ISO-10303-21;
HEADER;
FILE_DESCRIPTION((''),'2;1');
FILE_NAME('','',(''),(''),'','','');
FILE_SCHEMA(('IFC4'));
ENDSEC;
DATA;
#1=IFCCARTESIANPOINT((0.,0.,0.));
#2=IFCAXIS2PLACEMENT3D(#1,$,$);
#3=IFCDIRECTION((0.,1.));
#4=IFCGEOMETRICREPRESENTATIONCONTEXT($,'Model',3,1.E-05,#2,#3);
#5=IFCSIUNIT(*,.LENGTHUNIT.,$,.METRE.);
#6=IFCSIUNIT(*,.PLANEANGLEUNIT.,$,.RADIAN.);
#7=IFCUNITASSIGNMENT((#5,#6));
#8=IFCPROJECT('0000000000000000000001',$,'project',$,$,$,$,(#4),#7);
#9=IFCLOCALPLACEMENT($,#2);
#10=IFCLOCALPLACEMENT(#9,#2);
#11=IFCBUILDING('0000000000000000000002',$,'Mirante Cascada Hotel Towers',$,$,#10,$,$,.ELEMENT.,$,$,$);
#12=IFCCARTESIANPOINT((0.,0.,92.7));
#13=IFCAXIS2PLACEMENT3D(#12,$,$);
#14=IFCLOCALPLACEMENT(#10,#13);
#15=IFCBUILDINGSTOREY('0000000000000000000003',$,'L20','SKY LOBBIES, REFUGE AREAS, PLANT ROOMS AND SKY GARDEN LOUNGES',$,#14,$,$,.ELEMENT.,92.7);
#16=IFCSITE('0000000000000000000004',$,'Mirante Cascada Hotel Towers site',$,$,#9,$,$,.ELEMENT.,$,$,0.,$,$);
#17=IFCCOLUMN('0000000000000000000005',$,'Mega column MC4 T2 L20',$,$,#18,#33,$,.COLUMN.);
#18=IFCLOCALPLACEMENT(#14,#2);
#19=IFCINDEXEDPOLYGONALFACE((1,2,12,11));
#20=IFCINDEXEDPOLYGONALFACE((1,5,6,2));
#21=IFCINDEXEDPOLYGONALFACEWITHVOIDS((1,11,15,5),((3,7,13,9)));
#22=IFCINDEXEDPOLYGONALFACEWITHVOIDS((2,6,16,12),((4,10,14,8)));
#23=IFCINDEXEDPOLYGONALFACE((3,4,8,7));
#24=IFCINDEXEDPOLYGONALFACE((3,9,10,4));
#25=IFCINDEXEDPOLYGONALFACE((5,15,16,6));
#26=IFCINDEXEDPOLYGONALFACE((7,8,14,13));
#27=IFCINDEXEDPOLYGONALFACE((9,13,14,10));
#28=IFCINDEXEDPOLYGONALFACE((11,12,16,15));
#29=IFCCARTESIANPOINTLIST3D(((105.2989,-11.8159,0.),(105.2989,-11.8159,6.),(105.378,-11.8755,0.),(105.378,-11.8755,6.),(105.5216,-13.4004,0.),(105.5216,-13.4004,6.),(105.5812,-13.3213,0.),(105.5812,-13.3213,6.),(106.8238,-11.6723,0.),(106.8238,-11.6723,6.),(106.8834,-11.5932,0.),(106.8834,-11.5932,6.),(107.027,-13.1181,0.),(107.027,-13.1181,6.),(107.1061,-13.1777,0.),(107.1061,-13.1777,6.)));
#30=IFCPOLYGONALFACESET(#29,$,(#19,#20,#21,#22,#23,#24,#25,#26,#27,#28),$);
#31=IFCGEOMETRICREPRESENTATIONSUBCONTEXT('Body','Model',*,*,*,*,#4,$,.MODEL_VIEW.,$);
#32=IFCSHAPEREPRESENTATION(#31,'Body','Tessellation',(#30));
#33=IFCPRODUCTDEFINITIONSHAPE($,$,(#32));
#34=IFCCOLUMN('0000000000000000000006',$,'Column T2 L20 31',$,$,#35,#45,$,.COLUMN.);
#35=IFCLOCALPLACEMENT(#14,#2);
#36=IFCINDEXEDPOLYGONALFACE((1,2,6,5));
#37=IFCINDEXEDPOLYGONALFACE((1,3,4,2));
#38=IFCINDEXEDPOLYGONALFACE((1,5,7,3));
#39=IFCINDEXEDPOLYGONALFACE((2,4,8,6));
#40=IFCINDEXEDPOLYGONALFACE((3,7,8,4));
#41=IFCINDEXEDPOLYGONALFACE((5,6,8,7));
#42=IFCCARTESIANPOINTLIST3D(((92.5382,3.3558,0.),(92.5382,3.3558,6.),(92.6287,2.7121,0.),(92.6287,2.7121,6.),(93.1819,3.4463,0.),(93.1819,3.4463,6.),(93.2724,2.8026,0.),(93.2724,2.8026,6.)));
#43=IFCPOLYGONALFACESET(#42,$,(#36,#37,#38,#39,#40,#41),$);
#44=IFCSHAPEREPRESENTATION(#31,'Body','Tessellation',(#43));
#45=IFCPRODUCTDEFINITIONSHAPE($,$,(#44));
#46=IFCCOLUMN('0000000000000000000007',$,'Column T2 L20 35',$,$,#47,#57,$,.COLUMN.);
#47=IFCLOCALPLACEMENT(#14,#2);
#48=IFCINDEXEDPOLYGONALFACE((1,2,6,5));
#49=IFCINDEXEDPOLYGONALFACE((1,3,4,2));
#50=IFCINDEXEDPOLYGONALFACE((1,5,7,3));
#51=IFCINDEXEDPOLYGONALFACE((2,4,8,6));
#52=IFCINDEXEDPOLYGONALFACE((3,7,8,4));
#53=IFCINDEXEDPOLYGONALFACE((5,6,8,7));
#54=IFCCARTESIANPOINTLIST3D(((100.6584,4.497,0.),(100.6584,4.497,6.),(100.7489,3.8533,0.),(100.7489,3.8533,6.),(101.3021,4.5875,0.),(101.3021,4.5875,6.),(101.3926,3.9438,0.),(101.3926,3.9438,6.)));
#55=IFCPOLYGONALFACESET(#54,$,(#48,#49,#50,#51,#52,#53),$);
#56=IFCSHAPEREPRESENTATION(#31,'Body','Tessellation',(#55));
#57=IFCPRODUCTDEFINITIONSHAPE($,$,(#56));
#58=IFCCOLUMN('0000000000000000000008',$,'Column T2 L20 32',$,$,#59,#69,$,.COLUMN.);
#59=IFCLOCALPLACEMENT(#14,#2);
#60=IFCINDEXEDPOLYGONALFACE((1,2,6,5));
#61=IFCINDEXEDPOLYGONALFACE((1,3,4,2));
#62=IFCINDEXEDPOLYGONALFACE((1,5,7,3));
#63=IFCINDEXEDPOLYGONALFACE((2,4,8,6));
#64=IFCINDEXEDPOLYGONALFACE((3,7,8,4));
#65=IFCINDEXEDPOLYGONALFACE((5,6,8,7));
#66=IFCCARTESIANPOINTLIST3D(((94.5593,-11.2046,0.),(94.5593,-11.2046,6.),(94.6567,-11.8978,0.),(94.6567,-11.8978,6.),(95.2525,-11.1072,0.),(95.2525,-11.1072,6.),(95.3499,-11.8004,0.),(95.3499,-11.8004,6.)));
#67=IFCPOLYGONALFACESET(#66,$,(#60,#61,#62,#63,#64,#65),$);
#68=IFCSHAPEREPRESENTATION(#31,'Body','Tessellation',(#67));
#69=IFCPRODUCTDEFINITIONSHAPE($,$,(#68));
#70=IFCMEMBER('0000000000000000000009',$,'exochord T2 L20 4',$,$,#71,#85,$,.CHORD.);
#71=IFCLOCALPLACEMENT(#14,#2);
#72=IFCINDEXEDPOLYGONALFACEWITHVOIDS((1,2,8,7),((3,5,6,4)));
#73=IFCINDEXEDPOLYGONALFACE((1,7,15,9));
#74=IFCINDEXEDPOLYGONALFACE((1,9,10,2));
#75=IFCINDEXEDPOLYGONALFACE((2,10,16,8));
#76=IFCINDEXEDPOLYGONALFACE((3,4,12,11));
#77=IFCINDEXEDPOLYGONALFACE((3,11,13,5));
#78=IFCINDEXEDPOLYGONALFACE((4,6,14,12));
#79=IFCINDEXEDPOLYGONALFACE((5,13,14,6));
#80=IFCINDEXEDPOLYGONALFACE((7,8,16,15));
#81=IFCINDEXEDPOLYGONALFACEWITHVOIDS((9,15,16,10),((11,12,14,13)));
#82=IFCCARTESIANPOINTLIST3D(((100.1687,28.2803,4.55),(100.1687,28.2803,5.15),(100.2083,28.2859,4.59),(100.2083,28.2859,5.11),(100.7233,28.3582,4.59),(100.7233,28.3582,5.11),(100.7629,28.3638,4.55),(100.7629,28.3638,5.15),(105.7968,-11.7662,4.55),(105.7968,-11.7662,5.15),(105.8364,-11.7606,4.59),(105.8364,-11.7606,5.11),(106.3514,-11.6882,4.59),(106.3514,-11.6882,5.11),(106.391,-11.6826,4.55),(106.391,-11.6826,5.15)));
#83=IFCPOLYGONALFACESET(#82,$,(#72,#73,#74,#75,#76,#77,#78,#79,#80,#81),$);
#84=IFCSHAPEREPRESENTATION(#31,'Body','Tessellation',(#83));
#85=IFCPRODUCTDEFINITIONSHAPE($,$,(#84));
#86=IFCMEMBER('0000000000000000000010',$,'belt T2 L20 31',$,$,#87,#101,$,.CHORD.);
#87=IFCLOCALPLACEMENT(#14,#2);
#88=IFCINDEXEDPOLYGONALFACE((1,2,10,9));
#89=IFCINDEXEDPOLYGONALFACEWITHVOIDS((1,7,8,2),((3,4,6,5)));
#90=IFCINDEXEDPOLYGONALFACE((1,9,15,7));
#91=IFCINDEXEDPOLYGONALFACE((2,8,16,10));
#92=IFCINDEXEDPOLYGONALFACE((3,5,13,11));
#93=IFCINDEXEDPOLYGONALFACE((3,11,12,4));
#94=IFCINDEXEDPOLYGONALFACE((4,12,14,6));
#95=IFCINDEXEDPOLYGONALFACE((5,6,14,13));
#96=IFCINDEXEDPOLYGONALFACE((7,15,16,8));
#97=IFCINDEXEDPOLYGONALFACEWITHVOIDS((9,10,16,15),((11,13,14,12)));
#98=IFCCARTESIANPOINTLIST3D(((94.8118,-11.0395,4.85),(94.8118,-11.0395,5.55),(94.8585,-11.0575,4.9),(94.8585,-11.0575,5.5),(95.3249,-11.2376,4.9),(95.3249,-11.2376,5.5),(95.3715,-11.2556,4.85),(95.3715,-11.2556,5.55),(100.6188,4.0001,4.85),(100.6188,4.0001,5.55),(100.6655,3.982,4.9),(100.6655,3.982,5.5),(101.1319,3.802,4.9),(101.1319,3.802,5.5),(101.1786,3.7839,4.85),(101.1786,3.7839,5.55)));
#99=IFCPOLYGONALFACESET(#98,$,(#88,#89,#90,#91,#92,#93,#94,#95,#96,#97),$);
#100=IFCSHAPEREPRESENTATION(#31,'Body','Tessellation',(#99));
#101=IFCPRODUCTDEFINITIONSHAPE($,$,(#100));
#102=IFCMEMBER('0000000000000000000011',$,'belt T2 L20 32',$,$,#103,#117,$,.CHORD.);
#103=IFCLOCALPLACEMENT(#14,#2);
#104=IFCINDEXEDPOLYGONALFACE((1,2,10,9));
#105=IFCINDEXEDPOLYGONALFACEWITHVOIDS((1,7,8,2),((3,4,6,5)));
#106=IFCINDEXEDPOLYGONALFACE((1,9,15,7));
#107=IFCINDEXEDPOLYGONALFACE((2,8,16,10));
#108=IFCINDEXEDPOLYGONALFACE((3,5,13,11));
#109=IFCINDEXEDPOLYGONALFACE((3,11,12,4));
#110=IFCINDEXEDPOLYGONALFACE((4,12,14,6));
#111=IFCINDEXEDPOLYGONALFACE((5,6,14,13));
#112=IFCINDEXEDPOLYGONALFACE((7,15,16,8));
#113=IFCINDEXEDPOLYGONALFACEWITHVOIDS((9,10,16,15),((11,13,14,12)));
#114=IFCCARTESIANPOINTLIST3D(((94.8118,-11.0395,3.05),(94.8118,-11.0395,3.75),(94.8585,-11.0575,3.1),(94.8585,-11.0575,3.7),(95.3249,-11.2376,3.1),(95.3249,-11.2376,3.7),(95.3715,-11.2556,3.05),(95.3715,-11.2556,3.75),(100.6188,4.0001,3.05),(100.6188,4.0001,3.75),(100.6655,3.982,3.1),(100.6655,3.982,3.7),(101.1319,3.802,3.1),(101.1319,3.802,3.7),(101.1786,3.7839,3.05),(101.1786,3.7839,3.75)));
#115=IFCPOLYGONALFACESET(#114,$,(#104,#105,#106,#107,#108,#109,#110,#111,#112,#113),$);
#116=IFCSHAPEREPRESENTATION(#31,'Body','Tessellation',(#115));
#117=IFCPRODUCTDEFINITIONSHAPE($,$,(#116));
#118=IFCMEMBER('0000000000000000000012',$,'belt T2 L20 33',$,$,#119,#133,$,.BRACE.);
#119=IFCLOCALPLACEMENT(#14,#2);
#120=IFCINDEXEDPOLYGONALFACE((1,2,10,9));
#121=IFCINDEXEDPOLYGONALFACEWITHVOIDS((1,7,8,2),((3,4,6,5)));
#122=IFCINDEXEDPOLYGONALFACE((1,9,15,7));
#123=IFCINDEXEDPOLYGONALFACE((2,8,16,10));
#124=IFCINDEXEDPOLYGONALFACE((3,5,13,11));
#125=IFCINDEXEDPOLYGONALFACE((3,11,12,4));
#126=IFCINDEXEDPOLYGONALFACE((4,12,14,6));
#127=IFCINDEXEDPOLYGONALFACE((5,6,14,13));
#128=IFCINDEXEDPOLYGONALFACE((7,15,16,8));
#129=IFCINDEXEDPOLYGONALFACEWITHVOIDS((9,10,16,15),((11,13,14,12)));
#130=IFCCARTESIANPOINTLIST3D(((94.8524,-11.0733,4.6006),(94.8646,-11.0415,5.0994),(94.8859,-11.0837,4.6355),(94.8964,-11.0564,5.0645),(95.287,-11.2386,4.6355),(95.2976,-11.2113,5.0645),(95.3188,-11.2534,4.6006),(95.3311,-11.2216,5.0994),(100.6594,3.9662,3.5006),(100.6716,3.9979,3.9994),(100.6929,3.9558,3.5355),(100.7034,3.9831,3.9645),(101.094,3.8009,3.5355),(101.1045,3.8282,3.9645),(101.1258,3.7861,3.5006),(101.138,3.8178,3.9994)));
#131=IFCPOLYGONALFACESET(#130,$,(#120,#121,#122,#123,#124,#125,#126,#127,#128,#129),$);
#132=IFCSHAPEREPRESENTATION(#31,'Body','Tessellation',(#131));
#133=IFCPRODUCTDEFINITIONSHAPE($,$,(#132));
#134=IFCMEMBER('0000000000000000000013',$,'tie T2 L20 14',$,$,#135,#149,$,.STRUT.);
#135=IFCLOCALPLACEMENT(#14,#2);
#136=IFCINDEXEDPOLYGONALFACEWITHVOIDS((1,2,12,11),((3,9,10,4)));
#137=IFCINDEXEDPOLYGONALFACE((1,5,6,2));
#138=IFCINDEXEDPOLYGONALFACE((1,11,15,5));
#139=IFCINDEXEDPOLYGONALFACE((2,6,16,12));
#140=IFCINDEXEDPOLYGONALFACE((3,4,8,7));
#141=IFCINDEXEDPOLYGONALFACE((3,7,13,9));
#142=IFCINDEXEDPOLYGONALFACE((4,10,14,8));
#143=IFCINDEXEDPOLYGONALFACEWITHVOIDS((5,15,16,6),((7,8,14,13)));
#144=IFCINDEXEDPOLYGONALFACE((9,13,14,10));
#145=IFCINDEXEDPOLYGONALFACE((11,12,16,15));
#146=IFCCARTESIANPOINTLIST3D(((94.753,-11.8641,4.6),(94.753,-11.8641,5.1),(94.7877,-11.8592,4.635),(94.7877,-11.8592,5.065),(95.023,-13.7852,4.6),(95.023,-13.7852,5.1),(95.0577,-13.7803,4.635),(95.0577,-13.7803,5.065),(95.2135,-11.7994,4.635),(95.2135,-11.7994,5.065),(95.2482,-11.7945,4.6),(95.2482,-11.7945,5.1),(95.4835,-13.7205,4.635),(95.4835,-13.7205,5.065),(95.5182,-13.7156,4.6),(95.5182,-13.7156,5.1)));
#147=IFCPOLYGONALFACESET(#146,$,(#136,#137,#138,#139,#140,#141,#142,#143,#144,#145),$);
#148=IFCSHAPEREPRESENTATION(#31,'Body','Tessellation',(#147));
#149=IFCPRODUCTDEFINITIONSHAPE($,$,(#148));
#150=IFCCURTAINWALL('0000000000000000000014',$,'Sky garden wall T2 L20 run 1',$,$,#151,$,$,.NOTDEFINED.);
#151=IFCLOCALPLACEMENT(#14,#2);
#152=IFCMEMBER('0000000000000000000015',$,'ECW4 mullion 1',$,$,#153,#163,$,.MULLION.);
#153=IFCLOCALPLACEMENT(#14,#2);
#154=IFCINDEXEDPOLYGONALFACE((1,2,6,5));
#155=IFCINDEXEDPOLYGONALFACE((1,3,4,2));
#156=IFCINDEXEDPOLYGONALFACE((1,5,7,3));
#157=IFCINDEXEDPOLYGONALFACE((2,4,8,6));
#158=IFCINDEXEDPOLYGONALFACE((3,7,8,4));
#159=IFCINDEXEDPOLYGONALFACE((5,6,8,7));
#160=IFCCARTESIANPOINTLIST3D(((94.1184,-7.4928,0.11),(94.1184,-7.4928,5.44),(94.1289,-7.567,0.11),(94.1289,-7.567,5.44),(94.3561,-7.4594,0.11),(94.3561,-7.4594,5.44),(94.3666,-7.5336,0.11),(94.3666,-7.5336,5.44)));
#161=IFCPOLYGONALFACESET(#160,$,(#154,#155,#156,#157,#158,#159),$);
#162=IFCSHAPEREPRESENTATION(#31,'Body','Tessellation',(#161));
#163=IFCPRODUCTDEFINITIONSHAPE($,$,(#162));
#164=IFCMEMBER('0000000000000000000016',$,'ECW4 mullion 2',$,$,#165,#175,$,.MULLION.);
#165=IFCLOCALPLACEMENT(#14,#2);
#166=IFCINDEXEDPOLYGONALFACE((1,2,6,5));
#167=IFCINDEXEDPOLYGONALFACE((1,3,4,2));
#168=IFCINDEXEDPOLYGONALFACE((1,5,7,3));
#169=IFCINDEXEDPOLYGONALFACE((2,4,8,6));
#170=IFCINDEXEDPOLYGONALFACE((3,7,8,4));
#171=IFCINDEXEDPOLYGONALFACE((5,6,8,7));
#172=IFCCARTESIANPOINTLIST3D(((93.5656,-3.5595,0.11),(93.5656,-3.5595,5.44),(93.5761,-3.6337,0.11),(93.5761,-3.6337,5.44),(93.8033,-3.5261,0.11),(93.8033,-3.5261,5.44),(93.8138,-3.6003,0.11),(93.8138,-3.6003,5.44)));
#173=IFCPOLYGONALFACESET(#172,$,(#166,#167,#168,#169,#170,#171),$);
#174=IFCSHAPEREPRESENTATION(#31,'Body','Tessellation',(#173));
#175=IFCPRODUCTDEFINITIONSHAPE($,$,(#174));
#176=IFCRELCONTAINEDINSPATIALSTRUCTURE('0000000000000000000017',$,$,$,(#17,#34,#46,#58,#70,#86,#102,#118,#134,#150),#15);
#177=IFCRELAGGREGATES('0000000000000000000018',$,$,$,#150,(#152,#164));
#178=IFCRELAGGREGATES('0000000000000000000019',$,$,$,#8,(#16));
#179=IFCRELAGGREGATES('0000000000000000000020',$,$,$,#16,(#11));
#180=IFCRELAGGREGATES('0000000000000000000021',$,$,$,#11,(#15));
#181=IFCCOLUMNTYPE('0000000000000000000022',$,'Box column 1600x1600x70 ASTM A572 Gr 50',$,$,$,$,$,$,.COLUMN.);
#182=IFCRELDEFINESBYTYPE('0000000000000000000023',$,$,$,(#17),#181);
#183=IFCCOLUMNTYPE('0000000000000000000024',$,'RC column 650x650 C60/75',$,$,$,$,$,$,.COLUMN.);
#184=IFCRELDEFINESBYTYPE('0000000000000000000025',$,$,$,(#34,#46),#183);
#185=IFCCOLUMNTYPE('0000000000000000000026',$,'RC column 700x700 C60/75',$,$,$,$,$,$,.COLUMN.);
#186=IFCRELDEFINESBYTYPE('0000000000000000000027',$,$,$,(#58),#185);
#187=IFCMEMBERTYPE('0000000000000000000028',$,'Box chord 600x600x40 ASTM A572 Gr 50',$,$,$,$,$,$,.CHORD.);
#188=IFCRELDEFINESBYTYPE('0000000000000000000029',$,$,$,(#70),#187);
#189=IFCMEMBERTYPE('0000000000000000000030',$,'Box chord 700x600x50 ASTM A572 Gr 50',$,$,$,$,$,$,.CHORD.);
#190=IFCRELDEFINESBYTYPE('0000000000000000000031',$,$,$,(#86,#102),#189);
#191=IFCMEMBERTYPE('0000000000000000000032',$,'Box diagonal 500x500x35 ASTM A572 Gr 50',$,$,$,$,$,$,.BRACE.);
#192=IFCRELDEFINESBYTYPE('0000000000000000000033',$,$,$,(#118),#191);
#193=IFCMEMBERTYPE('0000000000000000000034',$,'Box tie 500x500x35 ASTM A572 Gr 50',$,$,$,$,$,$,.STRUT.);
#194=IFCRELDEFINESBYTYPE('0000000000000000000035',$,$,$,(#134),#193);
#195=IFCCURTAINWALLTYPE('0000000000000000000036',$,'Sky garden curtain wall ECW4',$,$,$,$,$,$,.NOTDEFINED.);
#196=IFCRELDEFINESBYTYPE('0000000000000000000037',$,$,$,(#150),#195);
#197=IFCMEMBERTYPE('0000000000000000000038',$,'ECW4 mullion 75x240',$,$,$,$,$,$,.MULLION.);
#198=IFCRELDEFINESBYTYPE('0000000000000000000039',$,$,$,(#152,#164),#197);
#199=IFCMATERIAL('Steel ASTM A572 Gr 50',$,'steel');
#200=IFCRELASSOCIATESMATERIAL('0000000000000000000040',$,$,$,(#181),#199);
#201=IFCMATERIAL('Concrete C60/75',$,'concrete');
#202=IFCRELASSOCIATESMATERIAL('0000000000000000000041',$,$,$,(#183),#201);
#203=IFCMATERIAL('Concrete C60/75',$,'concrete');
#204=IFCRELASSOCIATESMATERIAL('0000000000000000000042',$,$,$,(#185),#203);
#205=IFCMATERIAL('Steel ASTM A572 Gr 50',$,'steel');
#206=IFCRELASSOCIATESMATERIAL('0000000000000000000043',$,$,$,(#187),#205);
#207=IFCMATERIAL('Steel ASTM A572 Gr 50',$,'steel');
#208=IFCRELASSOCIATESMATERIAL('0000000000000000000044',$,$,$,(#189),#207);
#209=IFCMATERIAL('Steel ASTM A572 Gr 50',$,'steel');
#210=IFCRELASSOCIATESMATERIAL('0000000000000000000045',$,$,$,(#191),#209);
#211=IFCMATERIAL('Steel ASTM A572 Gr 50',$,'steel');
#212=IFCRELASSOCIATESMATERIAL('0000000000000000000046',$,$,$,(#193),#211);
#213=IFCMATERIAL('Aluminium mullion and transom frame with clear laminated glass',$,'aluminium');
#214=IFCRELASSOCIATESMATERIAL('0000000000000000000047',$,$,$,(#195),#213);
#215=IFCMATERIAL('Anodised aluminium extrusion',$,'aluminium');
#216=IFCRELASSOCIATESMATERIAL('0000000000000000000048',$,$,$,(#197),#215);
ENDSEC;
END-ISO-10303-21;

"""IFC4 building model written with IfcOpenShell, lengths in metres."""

from ifc_helpers import new_model, si_unit, direction, frame, origin, origin_2d, place, context, subcontext, project, spatial, rectangle, hollow_rectangle, extrude, material, material_profile, profile_set, type_object, element, aggregate, save


model = new_model("IFC4")

# Units and contexts
model_context = context("Model", 3, precision=1e-05, world=origin(), true_north=direction((0.0, 1.0)))
body_context = subcontext(model_context, "Body", "Model", "MODEL_VIEW")
ifc_project = project(units=[si_unit("LENGTHUNIT", "METRE"), si_unit("PLANEANGLEUNIT", "RADIAN")], contexts=[model_context])

# Site, building, storey
site_placement = place(None, origin())
site = spatial("IfcSite", under=ifc_project, at=site_placement, Name="Mirante Cascada Hotel Towers site", CompositionType="ELEMENT", RefElevation=0.0)
building_placement = place(site_placement, origin())
building = spatial("IfcBuilding", under=site, at=building_placement, Name="Mirante Cascada Hotel Towers", CompositionType="ELEMENT")
storey_placement = place(building_placement, frame((0.0, 0.0, 92.7)))
storey = spatial("IfcBuildingStorey", under=building, at=storey_placement, Name="L20", Description="SKY LOBBIES, REFUGE AREAS, PLANT ROOMS AND SKY GARDEN LOUNGES", CompositionType="ELEMENT", Elevation=92.7)

# Columns
ifc_material_1 = material(Name="Steel ASTM A572 Gr 50", Category="steel")
ifc_material_profile_1 = material_profile(ifc_material_1, hollow_rectangle(XDim=1.6, YDim=1.6, WallThickness=0.07, at=origin_2d()), Name="Box column 1600x1600x70 ASTM A572 Gr 50")
ifc_profile_set_1 = profile_set([ifc_material_profile_1], Name="Steel ASTM A572 Gr 50")
column_type_1 = type_object("IfcColumnType", Name="Box column 1600x1600x70 ASTM A572 Gr 50", PredefinedType="COLUMN", material=ifc_profile_set_1)
column_1_placement = place(storey_placement, frame((106.2025, -12.4968, 0.0), z_axis=(0.0, 0.0, 1.0), x_axis=(0.990268, 0.139173, 0.0)))
element("IfcColumn", 1, at=column_1_placement, inside=storey, type_object=column_type_1, Name="Mega column MC4 T2 L20", PredefinedType="COLUMN", context=body_context, shape_type="SweptSolid", body=[
    extrude(hollow_rectangle(XDim=1.6, YDim=1.6, WallThickness=0.07, at=origin_2d()), origin(), (0.0, 0.0, 1.0), 6.0),
])
ifc_material_2 = material(Name="Concrete C60/75", Category="concrete")
ifc_material_profile_2 = material_profile(ifc_material_2, rectangle(XDim=0.65, YDim=0.65, at=origin_2d()), Name="RC column 650x650 C60/75")
ifc_profile_set_2 = profile_set([ifc_material_profile_2], Name="Concrete C60/75")
column_type_2 = type_object("IfcColumnType", Name="RC column 650x650 C60/75", PredefinedType="COLUMN", material=ifc_profile_set_2)
for number, where, z_axis, x_axis, name in (
    (2, (92.9053, 3.0792, 0.0), (0.0, 0.0, 1.0), (0.990268, 0.139173, 0.0), "Column T2 L20 31"),
    (3, (101.0255, 4.2204, 0.0), (0.0, 0.0, 1.0), (0.990268, 0.139173, 0.0), "Column T2 L20 35"),
):
    element("IfcColumn", number, at=place(storey_placement, frame(where, z_axis=z_axis, x_axis=x_axis)), inside=storey, type_object=column_type_2, Name=name, PredefinedType="COLUMN", context=body_context, shape_type="SweptSolid", body=[
        extrude(rectangle(XDim=0.65, YDim=0.65, at=origin_2d()), origin(), (0.0, 0.0, 1.0), 6.0),
    ])
ifc_material_3 = material(Name="Concrete C60/75", Category="concrete")
ifc_material_profile_3 = material_profile(ifc_material_3, rectangle(XDim=0.7, YDim=0.7, at=origin_2d()), Name="RC column 700x700 C60/75")
ifc_profile_set_3 = profile_set([ifc_material_profile_3], Name="Concrete C60/75")
column_type_3 = type_object("IfcColumnType", Name="RC column 700x700 C60/75", PredefinedType="COLUMN", material=ifc_profile_set_3)
column_2_placement = place(storey_placement, frame((94.9546, -11.5025, 0.0), z_axis=(0.0, 0.0, 1.0), x_axis=(0.990268, 0.139173, 0.0)))
element("IfcColumn", 4, at=column_2_placement, inside=storey, type_object=column_type_3, Name="Column T2 L20 32", PredefinedType="COLUMN", context=body_context, shape_type="SweptSolid", body=[
    extrude(rectangle(XDim=0.7, YDim=0.7, at=origin_2d()), origin(), (0.0, 0.0, 1.0), 6.0),
])

# Members
ifc_material_4 = material(Name="Steel ASTM A572 Gr 50", Category="steel")
ifc_material_profile_4 = material_profile(ifc_material_4, hollow_rectangle(XDim=0.6, YDim=0.6, WallThickness=0.04, at=origin_2d()), Name="Box chord 600x600x40 ASTM A572 Gr 50")
ifc_profile_set_4 = profile_set([ifc_material_profile_4], Name="Steel ASTM A572 Gr 50")
member_type_1 = type_object("IfcMemberType", Name="Box chord 600x600x40 ASTM A572 Gr 50", PredefinedType="CHORD", material=ifc_profile_set_4)
member_1_placement = place(storey_placement, frame((106.0939, -11.7244, 4.85), z_axis=(-0.139172, 0.990268, 0.0), x_axis=(-0.990268, -0.139172, 0.0)))
element("IfcMember", 5, at=member_1_placement, inside=storey, type_object=member_type_1, Name="exochord T2 L20 4", PredefinedType="CHORD", context=body_context, shape_type="SweptSolid", body=[
    extrude(hollow_rectangle(XDim=0.6, YDim=0.6, WallThickness=0.04, at=origin_2d()), origin(), (0.0, 0.0, 1.0), 40.44),
])
ifc_material_5 = material(Name="Steel ASTM A572 Gr 50", Category="steel")
ifc_material_profile_5 = material_profile(ifc_material_5, hollow_rectangle(XDim=0.6, YDim=0.7, WallThickness=0.05, at=origin_2d()), Name="Box chord 700x600x50 ASTM A572 Gr 50")
ifc_profile_set_5 = profile_set([ifc_material_profile_5], Name="Steel ASTM A572 Gr 50")
member_type_2 = type_object("IfcMemberType", Name="Box chord 700x600x50 ASTM A572 Gr 50", PredefinedType="CHORD", material=ifc_profile_set_5)
for number, where, z_axis, x_axis, name in (
    (6, (100.8987, 3.892, 5.2), (-0.360199, -0.932876, 0.0), (0.932876, -0.360199, 0.0), "belt T2 L20 31"),
    (7, (100.8987, 3.892, 3.4), (-0.360199, -0.932876, 0.0), (0.932876, -0.360199, 0.0), "belt T2 L20 32"),
):
    element("IfcMember", number, at=place(storey_placement, frame(where, z_axis=z_axis, x_axis=x_axis)), inside=storey, type_object=member_type_2, Name=name, PredefinedType="CHORD", context=body_context, shape_type="SweptSolid", body=[
        extrude(hollow_rectangle(XDim=0.6, YDim=0.7, WallThickness=0.05, at=origin_2d()), origin(), (0.0, 0.0, 1.0), 16.1217),
    ])
ifc_material_6 = material(Name="Steel ASTM A572 Gr 50", Category="steel")
ifc_material_profile_6 = material_profile(ifc_material_6, hollow_rectangle(XDim=0.5, YDim=0.5, WallThickness=0.035, at=origin_2d()), Name="Box diagonal 500x500x35 ASTM A572 Gr 50")
ifc_profile_set_6 = profile_set([ifc_material_profile_6], Name="Steel ASTM A572 Gr 50")
member_type_3 = type_object("IfcMemberType", Name="Box diagonal 500x500x35 ASTM A572 Gr 50", PredefinedType="BRACE", material=ifc_profile_set_6)
member_2_placement = place(storey_placement, frame((100.8987, 3.892, 3.75), z_axis=(-0.359363, -0.930712, 0.068073), x_axis=(0.932876, -0.360199, 0.0)))
element("IfcMember", 8, at=member_2_placement, inside=storey, type_object=member_type_3, Name="belt T2 L20 33", PredefinedType="BRACE", context=body_context, shape_type="SweptSolid", body=[
    extrude(hollow_rectangle(XDim=0.5, YDim=0.5, WallThickness=0.035, at=origin_2d()), origin(), (0.0, 0.0, 1.0), 16.1591),
])
ifc_material_7 = material(Name="Steel ASTM A572 Gr 50", Category="steel")
ifc_material_profile_7 = material_profile(ifc_material_7, hollow_rectangle(XDim=0.5, YDim=0.5, WallThickness=0.035, at=origin_2d()), Name="Box tie 500x500x35 ASTM A572 Gr 50")
ifc_profile_set_7 = profile_set([ifc_material_profile_7], Name="Steel ASTM A572 Gr 50")
member_type_4 = type_object("IfcMemberType", Name="Box tie 500x500x35 ASTM A572 Gr 50", PredefinedType="STRUT", material=ifc_profile_set_7)
member_3_placement = place(storey_placement, frame((95.0006, -11.8293, 4.85), z_axis=(0.139177, -0.990268, 0.0), x_axis=(0.990268, 0.139177, 0.0)))
element("IfcMember", 9, at=member_3_placement, inside=storey, type_object=member_type_4, Name="tie T2 L20 14", PredefinedType="STRUT", context=body_context, shape_type="SweptSolid", body=[
    extrude(hollow_rectangle(XDim=0.5, YDim=0.5, WallThickness=0.035, at=origin_2d()), origin(), (0.0, 0.0, 1.0), 1.94),
])

# Curtain wall, members
ifc_material_8 = material(Name="Aluminium mullion and transom frame with clear laminated glass", Category="aluminium")
curtain_wall_type = type_object("IfcCurtainWallType", Name="Sky garden curtain wall ECW4", PredefinedType="NOTDEFINED", material=ifc_material_8)
curtain_wall_1_placement = place(storey_placement, origin())
curtain_wall_1 = element("IfcCurtainWall", 10, at=curtain_wall_1_placement, inside=storey, type_object=curtain_wall_type, Name="Sky garden wall T2 L20 run 1", PredefinedType="NOTDEFINED")
ifc_material_9 = material(Name="Anodised aluminium extrusion", Category="aluminium")
ifc_material_profile_8 = material_profile(ifc_material_9, rectangle(XDim=0.24, YDim=0.075, at=origin_2d()), Name="ECW4 MULLION 75x240")
ifc_profile_set_8 = profile_set([ifc_material_profile_8], Name="Anodised aluminium extrusion")
member_type_5 = type_object("IfcMemberType", Name="ECW4 mullion 75x240", PredefinedType="MULLION", material=ifc_profile_set_8)
member_4_placement = place(storey_placement, frame((94.2425, -7.5132, 0.11), z_axis=(0.0, 0.0, 1.0), x_axis=(-0.990268, -0.139173, 0.0)))
member_4 = element("IfcMember", 11, at=member_4_placement, type_object=member_type_5, Name="ECW4 mullion 1", PredefinedType="MULLION", context=body_context, shape_type="SweptSolid", body=[
    extrude(rectangle(XDim=0.24, YDim=0.075, at=origin_2d()), origin(), (0.0, 0.0, 1.0), 5.33),
])
member_5_placement = place(storey_placement, frame((93.6897, -3.5799, 0.11), z_axis=(0.0, 0.0, 1.0), x_axis=(-0.990268, -0.139173, 0.0)))
member_5 = element("IfcMember", 12, at=member_5_placement, type_object=member_type_5, Name="ECW4 mullion 2", PredefinedType="MULLION", context=body_context, shape_type="SweptSolid", body=[
    extrude(rectangle(XDim=0.24, YDim=0.075, at=origin_2d()), origin(), (0.0, 0.0, 1.0), 5.33),
])

aggregate(curtain_wall_1, [member_4, member_5])

save(model, "model.ifc")
